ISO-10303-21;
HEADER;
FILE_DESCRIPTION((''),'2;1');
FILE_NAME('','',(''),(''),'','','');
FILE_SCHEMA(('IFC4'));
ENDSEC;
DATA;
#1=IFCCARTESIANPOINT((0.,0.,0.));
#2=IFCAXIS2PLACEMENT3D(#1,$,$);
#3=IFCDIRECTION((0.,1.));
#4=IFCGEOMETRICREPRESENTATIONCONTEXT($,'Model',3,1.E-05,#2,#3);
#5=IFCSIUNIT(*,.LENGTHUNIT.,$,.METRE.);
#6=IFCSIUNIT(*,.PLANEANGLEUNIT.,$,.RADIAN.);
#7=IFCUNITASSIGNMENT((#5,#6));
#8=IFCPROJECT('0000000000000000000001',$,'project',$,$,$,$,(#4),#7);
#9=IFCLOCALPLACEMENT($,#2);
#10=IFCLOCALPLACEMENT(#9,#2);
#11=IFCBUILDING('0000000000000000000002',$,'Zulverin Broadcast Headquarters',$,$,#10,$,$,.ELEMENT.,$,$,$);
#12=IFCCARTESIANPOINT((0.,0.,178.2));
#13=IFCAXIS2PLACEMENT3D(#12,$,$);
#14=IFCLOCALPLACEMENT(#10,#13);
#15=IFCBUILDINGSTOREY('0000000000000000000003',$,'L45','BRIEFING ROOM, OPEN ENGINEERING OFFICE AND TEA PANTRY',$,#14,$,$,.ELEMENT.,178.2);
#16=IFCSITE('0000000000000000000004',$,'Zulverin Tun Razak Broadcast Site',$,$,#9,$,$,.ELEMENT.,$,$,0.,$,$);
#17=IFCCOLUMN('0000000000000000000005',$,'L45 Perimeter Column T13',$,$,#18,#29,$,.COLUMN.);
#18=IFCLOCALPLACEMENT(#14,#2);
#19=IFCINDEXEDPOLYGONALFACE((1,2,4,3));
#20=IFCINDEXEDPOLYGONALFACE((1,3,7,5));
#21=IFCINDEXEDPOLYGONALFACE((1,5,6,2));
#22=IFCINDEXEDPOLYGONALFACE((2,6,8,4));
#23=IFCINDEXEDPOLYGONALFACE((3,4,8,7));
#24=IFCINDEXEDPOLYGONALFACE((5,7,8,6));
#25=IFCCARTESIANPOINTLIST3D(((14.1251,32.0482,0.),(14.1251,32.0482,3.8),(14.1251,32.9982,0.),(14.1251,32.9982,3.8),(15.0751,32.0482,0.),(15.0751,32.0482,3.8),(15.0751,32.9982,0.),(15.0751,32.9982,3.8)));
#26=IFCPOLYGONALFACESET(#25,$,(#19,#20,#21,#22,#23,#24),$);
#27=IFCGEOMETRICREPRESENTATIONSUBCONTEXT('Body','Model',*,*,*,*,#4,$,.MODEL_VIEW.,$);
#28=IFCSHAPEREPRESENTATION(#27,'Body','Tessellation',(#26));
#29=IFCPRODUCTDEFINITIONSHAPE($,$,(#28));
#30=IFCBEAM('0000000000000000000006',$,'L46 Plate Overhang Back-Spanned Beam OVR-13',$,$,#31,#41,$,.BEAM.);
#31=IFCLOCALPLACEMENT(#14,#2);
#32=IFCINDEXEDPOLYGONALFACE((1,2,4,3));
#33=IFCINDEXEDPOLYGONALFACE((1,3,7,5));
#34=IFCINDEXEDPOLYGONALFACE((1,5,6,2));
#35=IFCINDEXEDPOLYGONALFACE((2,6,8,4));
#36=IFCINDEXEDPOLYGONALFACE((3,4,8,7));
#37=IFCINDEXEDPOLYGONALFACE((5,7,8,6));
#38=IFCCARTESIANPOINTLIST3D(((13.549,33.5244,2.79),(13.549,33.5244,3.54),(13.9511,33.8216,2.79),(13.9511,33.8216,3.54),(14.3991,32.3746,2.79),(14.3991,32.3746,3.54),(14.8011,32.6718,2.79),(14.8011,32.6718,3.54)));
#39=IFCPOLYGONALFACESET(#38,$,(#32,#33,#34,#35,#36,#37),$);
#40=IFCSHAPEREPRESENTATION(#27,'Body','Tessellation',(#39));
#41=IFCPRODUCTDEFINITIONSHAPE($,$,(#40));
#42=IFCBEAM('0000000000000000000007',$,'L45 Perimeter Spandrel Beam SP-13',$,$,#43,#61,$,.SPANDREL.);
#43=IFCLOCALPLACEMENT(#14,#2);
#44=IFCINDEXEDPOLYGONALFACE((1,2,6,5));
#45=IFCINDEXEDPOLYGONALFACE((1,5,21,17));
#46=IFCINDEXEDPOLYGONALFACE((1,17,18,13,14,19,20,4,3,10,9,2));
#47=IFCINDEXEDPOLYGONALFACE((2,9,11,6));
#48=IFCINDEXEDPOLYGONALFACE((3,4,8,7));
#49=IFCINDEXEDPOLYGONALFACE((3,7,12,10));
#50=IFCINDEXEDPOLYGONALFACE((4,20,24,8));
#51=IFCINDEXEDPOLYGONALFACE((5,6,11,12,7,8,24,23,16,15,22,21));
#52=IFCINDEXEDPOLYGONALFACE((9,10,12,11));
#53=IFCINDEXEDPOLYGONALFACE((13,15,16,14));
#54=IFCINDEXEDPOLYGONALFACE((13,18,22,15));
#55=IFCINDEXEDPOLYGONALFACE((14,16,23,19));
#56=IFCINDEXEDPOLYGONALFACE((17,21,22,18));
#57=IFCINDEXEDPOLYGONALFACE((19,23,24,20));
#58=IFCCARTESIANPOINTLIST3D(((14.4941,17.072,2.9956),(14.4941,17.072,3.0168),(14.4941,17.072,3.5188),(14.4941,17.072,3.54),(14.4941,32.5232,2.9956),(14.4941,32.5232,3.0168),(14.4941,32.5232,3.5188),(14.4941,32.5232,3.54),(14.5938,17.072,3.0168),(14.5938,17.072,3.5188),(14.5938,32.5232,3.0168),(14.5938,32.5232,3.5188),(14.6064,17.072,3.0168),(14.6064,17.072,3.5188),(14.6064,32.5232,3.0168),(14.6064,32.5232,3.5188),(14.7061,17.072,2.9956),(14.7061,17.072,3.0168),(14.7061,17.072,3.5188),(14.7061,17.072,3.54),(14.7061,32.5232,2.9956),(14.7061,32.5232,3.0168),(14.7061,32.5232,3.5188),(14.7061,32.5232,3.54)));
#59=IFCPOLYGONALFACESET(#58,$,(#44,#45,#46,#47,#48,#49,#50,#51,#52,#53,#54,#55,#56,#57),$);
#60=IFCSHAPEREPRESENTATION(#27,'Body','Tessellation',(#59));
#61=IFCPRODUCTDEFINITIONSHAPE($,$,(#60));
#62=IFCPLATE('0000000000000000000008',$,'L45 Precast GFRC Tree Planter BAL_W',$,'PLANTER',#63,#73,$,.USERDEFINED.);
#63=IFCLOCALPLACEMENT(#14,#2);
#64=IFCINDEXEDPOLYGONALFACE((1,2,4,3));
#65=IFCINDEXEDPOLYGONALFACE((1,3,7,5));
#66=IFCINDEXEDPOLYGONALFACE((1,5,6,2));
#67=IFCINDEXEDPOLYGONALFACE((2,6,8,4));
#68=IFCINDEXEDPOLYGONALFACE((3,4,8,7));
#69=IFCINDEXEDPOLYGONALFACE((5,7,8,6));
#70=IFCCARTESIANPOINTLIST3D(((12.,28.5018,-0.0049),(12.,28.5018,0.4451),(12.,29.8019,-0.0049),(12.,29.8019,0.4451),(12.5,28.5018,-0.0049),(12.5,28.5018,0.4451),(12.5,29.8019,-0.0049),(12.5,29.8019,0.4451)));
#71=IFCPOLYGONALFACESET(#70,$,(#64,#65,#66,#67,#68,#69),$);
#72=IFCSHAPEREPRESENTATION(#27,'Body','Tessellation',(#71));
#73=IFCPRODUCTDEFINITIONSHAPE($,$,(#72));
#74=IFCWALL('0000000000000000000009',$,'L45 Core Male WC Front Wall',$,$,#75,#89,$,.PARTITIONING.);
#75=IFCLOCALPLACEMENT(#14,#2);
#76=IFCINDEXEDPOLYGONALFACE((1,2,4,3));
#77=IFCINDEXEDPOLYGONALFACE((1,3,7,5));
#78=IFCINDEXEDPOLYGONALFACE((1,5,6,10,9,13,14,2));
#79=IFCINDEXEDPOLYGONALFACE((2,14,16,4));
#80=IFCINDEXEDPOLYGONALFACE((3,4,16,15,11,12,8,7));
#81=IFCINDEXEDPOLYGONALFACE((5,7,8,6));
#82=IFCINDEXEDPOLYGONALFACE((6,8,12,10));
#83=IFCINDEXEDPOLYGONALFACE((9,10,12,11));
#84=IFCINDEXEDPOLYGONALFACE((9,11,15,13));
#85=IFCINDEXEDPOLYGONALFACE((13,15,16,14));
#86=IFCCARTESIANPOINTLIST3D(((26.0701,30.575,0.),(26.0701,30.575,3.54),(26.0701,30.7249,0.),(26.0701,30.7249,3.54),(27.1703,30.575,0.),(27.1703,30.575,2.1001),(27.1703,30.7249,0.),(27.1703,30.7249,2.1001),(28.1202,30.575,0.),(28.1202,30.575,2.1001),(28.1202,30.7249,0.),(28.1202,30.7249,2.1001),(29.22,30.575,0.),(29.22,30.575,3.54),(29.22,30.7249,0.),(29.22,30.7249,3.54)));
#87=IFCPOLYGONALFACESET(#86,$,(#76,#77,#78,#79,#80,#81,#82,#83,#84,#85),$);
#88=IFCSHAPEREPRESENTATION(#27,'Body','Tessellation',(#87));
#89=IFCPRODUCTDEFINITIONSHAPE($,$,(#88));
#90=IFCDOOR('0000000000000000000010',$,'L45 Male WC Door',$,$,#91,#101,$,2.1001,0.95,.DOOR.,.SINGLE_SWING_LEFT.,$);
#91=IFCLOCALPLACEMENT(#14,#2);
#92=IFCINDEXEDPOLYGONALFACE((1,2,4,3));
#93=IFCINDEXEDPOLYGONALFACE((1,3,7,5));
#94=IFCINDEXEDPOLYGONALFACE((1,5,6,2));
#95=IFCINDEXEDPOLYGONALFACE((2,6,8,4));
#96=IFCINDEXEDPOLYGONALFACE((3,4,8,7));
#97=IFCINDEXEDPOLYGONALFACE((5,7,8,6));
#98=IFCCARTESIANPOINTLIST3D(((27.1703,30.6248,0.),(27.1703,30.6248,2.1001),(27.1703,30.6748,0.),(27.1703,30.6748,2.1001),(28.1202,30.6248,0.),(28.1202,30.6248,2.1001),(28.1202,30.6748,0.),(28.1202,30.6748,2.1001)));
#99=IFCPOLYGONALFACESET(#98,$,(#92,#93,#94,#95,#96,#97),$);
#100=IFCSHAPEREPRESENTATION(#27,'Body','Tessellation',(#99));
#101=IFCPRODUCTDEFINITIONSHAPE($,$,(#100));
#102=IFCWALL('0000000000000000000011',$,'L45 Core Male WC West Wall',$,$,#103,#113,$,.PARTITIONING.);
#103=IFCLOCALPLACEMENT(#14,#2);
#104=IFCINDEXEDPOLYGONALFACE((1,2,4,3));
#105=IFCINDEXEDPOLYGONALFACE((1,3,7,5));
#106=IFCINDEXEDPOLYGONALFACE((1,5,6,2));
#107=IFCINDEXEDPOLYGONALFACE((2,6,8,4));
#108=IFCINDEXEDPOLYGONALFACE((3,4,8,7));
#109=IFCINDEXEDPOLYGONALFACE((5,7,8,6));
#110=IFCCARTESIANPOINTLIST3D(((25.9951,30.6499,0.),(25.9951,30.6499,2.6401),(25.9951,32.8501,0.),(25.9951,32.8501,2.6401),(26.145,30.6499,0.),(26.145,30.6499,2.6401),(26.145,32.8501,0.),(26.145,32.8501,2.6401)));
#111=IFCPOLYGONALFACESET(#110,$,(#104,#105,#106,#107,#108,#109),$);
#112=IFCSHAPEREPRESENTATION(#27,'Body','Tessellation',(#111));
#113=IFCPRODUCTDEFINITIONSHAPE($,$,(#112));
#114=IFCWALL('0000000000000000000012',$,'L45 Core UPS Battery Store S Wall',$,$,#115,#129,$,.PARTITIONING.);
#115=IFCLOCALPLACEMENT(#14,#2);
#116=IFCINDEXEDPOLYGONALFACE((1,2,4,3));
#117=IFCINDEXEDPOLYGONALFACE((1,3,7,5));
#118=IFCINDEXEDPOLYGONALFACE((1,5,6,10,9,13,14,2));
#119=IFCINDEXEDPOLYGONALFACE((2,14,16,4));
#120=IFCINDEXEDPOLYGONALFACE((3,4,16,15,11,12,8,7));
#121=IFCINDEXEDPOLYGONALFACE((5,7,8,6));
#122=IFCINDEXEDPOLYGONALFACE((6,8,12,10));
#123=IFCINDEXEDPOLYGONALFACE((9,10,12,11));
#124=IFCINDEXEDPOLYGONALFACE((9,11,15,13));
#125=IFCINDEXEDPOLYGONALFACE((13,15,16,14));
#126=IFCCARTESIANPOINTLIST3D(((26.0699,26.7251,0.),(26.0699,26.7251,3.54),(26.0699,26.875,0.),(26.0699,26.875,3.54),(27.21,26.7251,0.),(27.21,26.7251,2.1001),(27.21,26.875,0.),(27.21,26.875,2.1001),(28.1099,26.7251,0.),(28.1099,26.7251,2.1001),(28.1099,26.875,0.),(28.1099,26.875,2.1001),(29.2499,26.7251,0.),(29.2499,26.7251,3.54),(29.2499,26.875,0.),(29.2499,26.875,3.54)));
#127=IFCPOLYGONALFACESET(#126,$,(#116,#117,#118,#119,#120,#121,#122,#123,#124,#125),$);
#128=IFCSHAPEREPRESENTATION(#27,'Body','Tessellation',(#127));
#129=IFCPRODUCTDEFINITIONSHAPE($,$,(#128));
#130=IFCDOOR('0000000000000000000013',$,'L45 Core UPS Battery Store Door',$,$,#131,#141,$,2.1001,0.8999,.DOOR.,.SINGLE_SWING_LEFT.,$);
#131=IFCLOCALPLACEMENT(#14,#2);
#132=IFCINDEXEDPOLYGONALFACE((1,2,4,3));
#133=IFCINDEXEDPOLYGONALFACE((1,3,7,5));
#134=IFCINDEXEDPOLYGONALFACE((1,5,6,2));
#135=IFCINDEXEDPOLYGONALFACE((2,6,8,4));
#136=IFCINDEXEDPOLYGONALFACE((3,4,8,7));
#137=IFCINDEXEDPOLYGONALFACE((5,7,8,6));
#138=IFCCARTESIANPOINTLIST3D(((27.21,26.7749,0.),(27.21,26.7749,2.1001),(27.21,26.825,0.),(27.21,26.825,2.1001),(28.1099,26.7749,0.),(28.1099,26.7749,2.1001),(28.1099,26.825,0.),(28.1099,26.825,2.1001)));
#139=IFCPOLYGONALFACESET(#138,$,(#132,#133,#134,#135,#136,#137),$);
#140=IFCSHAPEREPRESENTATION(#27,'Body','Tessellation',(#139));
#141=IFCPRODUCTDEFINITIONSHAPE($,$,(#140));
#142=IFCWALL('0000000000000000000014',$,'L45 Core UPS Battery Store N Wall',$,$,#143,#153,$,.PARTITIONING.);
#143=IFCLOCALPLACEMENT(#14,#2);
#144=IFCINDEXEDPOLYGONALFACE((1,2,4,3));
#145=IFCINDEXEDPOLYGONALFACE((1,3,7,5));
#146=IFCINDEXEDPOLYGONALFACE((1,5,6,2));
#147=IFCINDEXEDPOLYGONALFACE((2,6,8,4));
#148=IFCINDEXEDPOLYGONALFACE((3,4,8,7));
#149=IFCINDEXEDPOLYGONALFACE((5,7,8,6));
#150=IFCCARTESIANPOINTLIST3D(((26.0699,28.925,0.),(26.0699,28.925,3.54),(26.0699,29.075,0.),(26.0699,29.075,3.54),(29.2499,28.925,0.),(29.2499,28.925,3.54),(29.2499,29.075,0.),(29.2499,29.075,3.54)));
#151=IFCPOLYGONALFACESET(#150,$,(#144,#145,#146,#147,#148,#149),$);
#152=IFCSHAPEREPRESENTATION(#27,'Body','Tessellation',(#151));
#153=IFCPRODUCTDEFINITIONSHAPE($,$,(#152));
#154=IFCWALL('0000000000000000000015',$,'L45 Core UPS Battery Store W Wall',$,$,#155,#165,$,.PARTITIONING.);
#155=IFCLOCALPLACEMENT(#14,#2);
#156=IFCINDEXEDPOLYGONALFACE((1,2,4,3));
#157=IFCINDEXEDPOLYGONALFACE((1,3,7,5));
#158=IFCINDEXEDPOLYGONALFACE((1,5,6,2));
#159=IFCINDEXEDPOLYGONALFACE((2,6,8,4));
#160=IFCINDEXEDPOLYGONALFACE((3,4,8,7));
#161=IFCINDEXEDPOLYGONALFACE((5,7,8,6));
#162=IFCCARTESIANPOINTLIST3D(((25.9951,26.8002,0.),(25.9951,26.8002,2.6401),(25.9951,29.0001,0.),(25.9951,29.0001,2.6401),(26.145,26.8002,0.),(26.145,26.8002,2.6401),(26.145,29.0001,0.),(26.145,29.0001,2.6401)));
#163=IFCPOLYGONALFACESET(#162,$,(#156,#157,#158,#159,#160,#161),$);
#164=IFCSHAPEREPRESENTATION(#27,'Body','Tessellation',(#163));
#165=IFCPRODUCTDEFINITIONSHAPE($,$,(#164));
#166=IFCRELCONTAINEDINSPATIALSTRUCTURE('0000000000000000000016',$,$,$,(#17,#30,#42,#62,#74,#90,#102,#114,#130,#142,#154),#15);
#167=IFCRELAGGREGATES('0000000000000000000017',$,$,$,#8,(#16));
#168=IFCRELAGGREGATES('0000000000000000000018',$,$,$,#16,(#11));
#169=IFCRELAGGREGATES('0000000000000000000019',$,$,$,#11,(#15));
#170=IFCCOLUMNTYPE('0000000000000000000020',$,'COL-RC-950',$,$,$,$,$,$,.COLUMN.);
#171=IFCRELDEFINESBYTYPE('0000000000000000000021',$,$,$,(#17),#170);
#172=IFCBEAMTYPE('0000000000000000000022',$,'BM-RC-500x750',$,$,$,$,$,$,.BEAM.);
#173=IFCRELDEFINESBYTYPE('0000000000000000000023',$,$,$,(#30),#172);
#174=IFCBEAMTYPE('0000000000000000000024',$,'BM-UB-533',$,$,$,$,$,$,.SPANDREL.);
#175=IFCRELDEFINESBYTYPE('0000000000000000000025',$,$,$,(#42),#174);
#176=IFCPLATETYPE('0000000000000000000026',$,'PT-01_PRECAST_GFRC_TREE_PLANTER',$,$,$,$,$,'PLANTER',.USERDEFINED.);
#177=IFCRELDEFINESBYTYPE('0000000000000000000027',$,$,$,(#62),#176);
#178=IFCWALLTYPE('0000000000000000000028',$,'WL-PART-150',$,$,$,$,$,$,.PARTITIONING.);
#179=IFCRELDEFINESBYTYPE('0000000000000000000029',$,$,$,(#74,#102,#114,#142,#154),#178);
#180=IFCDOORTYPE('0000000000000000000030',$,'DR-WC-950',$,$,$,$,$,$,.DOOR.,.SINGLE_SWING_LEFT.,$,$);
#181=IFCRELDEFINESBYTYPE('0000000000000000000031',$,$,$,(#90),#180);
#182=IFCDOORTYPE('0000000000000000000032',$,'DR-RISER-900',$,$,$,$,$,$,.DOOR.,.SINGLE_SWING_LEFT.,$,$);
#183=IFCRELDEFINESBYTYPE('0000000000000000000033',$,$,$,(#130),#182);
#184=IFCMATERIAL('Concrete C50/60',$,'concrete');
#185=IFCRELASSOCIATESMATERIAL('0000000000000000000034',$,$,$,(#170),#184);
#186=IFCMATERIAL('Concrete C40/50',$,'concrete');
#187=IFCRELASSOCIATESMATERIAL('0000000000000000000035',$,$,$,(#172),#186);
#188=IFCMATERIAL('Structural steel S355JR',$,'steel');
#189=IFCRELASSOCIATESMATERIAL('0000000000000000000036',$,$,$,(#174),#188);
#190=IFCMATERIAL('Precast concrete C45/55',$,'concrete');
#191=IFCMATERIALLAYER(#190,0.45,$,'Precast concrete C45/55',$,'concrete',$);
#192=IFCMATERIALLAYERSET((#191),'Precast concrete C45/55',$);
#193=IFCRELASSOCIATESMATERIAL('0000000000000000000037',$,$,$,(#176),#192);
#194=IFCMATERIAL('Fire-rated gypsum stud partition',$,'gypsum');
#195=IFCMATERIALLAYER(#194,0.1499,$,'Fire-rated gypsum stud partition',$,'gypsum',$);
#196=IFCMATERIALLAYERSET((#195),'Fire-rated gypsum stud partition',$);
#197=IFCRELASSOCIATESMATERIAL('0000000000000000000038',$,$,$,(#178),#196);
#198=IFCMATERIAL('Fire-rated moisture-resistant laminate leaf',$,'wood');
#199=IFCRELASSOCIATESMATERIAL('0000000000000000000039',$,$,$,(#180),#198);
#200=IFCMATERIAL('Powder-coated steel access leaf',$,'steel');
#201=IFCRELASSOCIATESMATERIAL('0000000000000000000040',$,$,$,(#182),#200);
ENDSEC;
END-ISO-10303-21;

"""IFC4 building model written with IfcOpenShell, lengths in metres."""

from ifc_helpers import new_model, si_unit, direction, frame, frame_2d, origin, origin_2d, place, context, subcontext, project, spatial, rectangle, i_section, extrude, material, layer, layer_set, material_profile, profile_set, type_object, element, fill, save


model = new_model("IFC4")

# Units and contexts
model_context = context("Model", 3, precision=1e-05, world=origin(), true_north=direction((0.0, 1.0)))
body_context = subcontext(model_context, "Body", "Model", "MODEL_VIEW")
ifc_project = project(units=[si_unit("LENGTHUNIT", "METRE"), si_unit("PLANEANGLEUNIT", "RADIAN")], contexts=[model_context])

# Site, building, storey
site_placement = place(None, origin())
site = spatial("IfcSite", under=ifc_project, at=site_placement, Name="Zulverin Tun Razak Broadcast Site", CompositionType="ELEMENT", RefElevation=0.0)
building_placement = place(site_placement, origin())
building = spatial("IfcBuilding", under=site, at=building_placement, Name="Zulverin Broadcast Headquarters", CompositionType="ELEMENT")
storey_placement = place(building_placement, frame((0.0, 0.0, 178.2)))
storey = spatial("IfcBuildingStorey", under=building, at=storey_placement, Name="L45", Description="BRIEFING ROOM, OPEN ENGINEERING OFFICE AND TEA PANTRY", CompositionType="ELEMENT", Elevation=178.2)

# Column
ifc_material_1 = material(Name="Concrete C50/60", Category="concrete")
ifc_material_profile_1 = material_profile(ifc_material_1, rectangle(XDim=0.95, YDim=0.95, at=origin_2d()), Name="Concrete C50/60", Category="concrete")
ifc_profile_set_1 = profile_set([ifc_material_profile_1], Name="Concrete C50/60")
column_type = type_object("IfcColumnType", Name="COL-RC-950", PredefinedType="COLUMN", material=ifc_profile_set_1)
column_placement = place(storey_placement, frame((14.6001, 32.5232, 0.0), z_axis=(0.0, 0.0, 1.0), x_axis=(1.0, 0.0, 0.0)))
element("IfcColumn", 1, at=column_placement, inside=storey, type_object=column_type, Name="L45 Perimeter Column T13", PredefinedType="COLUMN", context=body_context, shape_type="SweptSolid", body=[
    extrude(rectangle(XDim=0.95, YDim=0.95, at=origin_2d()), origin(), (0.0, 0.0, 1.0), 3.8),
])

# Beams
ifc_material_2 = material(Name="Concrete C40/50", Category="concrete")
ifc_material_profile_2 = material_profile(ifc_material_2, rectangle(XDim=0.5, YDim=0.75, at=origin_2d()), Name="Concrete C40/50", Category="concrete")
ifc_profile_set_2 = profile_set([ifc_material_profile_2], Name="Concrete C40/50")
beam_type_1 = type_object("IfcBeamType", Name="BM-RC-500x750", PredefinedType="BEAM", material=ifc_profile_set_2)
beam_1_placement = place(storey_placement, frame((14.6001, 32.5232, 3.165), z_axis=(-0.594468, 0.804119, 0.0), x_axis=(-0.804119, -0.594468, 0.0)))
element("IfcBeam", 2, at=beam_1_placement, inside=storey, type_object=beam_type_1, Name="L46 Plate Overhang Back-Spanned Beam OVR-13", PredefinedType="BEAM", context=body_context, shape_type="SweptSolid", body=[
    extrude(rectangle(XDim=0.5, YDim=0.75, at=origin_2d()), origin(), (0.0, 0.0, 1.0), 1.4299),
])
ifc_material_3 = material(Name="Structural steel S355JR", Category="steel")
ifc_material_profile_3 = material_profile(ifc_material_3, i_section(OverallWidth=0.2119, OverallDepth=0.5444, WebThickness=0.0127, FlangeThickness=0.0212, at=origin_2d()), Name="Structural steel S355JR", Category="steel")
ifc_profile_set_3 = profile_set([ifc_material_profile_3], Name="Structural steel S355JR")
beam_type_2 = type_object("IfcBeamType", Name="BM-UB-533", PredefinedType="SPANDREL", material=ifc_profile_set_3)
beam_2_placement = place(storey_placement, frame((14.6001, 32.5232, 3.2678), z_axis=(0.0, -1.0, 0.0), x_axis=(1.0, 0.0, 0.0)))
element("IfcBeam", 3, at=beam_2_placement, inside=storey, type_object=beam_type_2, Name="L45 Perimeter Spandrel Beam SP-13", PredefinedType="SPANDREL", context=body_context, shape_type="SweptSolid", body=[
    extrude(i_section(OverallWidth=0.2119, OverallDepth=0.5444, WebThickness=0.0127, FlangeThickness=0.0212, at=origin_2d()), origin(), (0.0, 0.0, 1.0), 15.4512),
])

# Plate
ifc_material_4 = material(Name="Precast concrete C45/55", Category="concrete")
ifc_layer_1 = layer(ifc_material_4, 0.45, Name="Precast concrete C45/55", Category="concrete")
ifc_layer_set_1 = layer_set([ifc_layer_1], Name="Precast concrete C45/55")
plate_type = type_object("IfcPlateType", Name="PT-01_PRECAST_GFRC_TREE_PLANTER", ElementType="PLANTER", PredefinedType="USERDEFINED", material=ifc_layer_set_1)
plate_placement = place(storey_placement, frame((12.25, 29.1519, -0.0049), z_axis=(0.0, 0.0, 1.0), x_axis=(0.0, 1.0, 0.0)))
element("IfcPlate", 4, at=plate_placement, inside=storey, type_object=plate_type, Name="L45 Precast GFRC Tree Planter BAL_W", ObjectType="PLANTER", PredefinedType="USERDEFINED", context=body_context, shape_type="SweptSolid", body=[
    extrude(rectangle(XDim=1.3, YDim=0.5, at=origin_2d()), origin(), (0.0, 0.0, 1.0), 0.45),
])

# Wall, opening, door
ifc_material_5 = material(Name="Fire-rated gypsum stud partition", Category="gypsum")
ifc_layer_2 = layer(ifc_material_5, 0.1499, Name="Fire-rated gypsum stud partition", Category="gypsum")
ifc_layer_set_2 = layer_set([ifc_layer_2], Name="Fire-rated gypsum stud partition")
wall_type = type_object("IfcWallType", Name="WL-PART-150", PredefinedType="PARTITIONING", material=ifc_layer_set_2)
wall_1_placement = place(storey_placement, frame((26.0701, 30.6499, 0.0), z_axis=(0.0, 0.0, 1.0), x_axis=(1.0, 0.0, 0.0)))
wall_1 = element("IfcWall", 5, at=wall_1_placement, inside=storey, type_object=wall_type, Name="L45 Core Male WC Front Wall", PredefinedType="PARTITIONING", context=body_context, shape_type="SweptSolid", body=[
    extrude(rectangle(XDim=3.1499, YDim=0.1499, at=frame_2d((1.575, 0.0))), origin(), (0.0, 0.0, 1.0), 3.54),
])
opening_1_placement = place(wall_1_placement, frame((1.1001, 0.0, 0.0)))
opening_1 = element("IfcOpeningElement", 6, at=opening_1_placement, cuts=wall_1, PredefinedType="OPENING", context=body_context, shape_type="SweptSolid", body=[
    extrude(rectangle(XDim=0.95, YDim=2.1001, at=frame_2d((0.4751, 1.05))), frame((0.0, 0.085, 0.0), z_axis=(0.0, -1.0, 0.0), x_axis=(1.0, 0.0, 0.0)), (0.0, 0.0, 1.0), 0.1699),
])
ifc_material_6 = material(Name="Fire-rated moisture-resistant laminate leaf", Category="wood")
door_type_1 = type_object("IfcDoorType", Name="DR-WC-950", OperationType="SINGLE_SWING_LEFT", PredefinedType="DOOR", material=ifc_material_6)
door_1_placement = place(opening_1_placement, origin())
door_1 = element("IfcDoor", 7, at=door_1_placement, inside=storey, type_object=door_type_1, Name="L45 Male WC Door", OperationType="SINGLE_SWING_LEFT", OverallHeight=2.1001, OverallWidth=0.95, PredefinedType="DOOR", context=body_context, shape_type="SweptSolid", body=[
    extrude(rectangle(XDim=0.95, YDim=2.1001, at=frame_2d((0.4751, 1.05))), frame((0.0, 0.0249, 0.0), z_axis=(0.0, -1.0, 0.0), x_axis=(1.0, 0.0, 0.0)), (0.0, 0.0, 1.0), 0.05),
])
fill(opening_1, door_1)

# Wall
wall_2_placement = place(storey_placement, frame((26.0701, 30.6499, 0.0), z_axis=(0.0, 0.0, 1.0), x_axis=(0.0, 1.0, 0.0)))
element("IfcWall", 8, at=wall_2_placement, inside=storey, type_object=wall_type, Name="L45 Core Male WC West Wall", PredefinedType="PARTITIONING", context=body_context, shape_type="SweptSolid", body=[
    extrude(rectangle(XDim=2.2002, YDim=0.1499, at=frame_2d((1.1001, 0.0))), origin(), (0.0, 0.0, 1.0), 2.6401),
])

# Wall, opening, door
wall_3_placement = place(storey_placement, frame((26.0701, 26.8, 0.0), z_axis=(0.0, 0.0, 1.0), x_axis=(1.0, 0.0, 0.0)))
wall_3 = element("IfcWall", 9, at=wall_3_placement, inside=storey, type_object=wall_type, Name="L45 Core UPS Battery Store S Wall", PredefinedType="PARTITIONING", context=body_context, shape_type="SweptSolid", body=[
    extrude(rectangle(XDim=3.1799, YDim=0.1499, at=frame_2d((1.5898, 0.0))), origin(), (0.0, 0.0, 1.0), 3.54),
])
opening_2_placement = place(wall_3_placement, frame((1.1399, 0.0, 0.0)))
opening_2 = element("IfcOpeningElement", 10, at=opening_2_placement, cuts=wall_3, PredefinedType="OPENING", context=body_context, shape_type="SweptSolid", body=[
    extrude(rectangle(XDim=0.8999, YDim=2.1001, at=frame_2d((0.45, 1.05))), frame((0.0, 0.085, 0.0), z_axis=(0.0, -1.0, 0.0), x_axis=(1.0, 0.0, 0.0)), (0.0, 0.0, 1.0), 0.1699),
])
ifc_material_7 = material(Name="Powder-coated steel access leaf", Category="steel")
door_type_2 = type_object("IfcDoorType", Name="DR-RISER-900", OperationType="SINGLE_SWING_LEFT", PredefinedType="DOOR", material=ifc_material_7)
door_2_placement = place(opening_2_placement, origin())
door_2 = element("IfcDoor", 11, at=door_2_placement, inside=storey, type_object=door_type_2, Name="L45 Core UPS Battery Store Door", OperationType="SINGLE_SWING_LEFT", OverallHeight=2.1001, OverallWidth=0.8999, PredefinedType="DOOR", context=body_context, shape_type="SweptSolid", body=[
    extrude(rectangle(XDim=0.8999, YDim=2.1001, at=frame_2d((0.45, 1.05))), frame((0.0, 0.0249, 0.0), z_axis=(0.0, -1.0, 0.0), x_axis=(1.0, 0.0, 0.0)), (0.0, 0.0, 1.0), 0.05),
])
fill(opening_2, door_2)

# Walls
wall_4_placement = place(storey_placement, frame((26.0701, 29.0, 0.0), z_axis=(0.0, 0.0, 1.0), x_axis=(1.0, 0.0, 0.0)))
element("IfcWall", 12, at=wall_4_placement, inside=storey, type_object=wall_type, Name="L45 Core UPS Battery Store N Wall", PredefinedType="PARTITIONING", context=body_context, shape_type="SweptSolid", body=[
    extrude(rectangle(XDim=3.1799, YDim=0.1499, at=frame_2d((1.5898, 0.0))), origin(), (0.0, 0.0, 1.0), 3.54),
])
wall_5_placement = place(storey_placement, frame((26.0701, 26.8, 0.0), z_axis=(0.0, 0.0, 1.0), x_axis=(0.0, 1.0, 0.0)))
element("IfcWall", 13, at=wall_5_placement, inside=storey, type_object=wall_type, Name="L45 Core UPS Battery Store W Wall", PredefinedType="PARTITIONING", context=body_context, shape_type="SweptSolid", body=[
    extrude(rectangle(XDim=2.2, YDim=0.1499, at=frame_2d((1.1001, 0.0))), origin(), (0.0, 0.0, 1.0), 2.6401),
])

save(model, "model.ifc")
